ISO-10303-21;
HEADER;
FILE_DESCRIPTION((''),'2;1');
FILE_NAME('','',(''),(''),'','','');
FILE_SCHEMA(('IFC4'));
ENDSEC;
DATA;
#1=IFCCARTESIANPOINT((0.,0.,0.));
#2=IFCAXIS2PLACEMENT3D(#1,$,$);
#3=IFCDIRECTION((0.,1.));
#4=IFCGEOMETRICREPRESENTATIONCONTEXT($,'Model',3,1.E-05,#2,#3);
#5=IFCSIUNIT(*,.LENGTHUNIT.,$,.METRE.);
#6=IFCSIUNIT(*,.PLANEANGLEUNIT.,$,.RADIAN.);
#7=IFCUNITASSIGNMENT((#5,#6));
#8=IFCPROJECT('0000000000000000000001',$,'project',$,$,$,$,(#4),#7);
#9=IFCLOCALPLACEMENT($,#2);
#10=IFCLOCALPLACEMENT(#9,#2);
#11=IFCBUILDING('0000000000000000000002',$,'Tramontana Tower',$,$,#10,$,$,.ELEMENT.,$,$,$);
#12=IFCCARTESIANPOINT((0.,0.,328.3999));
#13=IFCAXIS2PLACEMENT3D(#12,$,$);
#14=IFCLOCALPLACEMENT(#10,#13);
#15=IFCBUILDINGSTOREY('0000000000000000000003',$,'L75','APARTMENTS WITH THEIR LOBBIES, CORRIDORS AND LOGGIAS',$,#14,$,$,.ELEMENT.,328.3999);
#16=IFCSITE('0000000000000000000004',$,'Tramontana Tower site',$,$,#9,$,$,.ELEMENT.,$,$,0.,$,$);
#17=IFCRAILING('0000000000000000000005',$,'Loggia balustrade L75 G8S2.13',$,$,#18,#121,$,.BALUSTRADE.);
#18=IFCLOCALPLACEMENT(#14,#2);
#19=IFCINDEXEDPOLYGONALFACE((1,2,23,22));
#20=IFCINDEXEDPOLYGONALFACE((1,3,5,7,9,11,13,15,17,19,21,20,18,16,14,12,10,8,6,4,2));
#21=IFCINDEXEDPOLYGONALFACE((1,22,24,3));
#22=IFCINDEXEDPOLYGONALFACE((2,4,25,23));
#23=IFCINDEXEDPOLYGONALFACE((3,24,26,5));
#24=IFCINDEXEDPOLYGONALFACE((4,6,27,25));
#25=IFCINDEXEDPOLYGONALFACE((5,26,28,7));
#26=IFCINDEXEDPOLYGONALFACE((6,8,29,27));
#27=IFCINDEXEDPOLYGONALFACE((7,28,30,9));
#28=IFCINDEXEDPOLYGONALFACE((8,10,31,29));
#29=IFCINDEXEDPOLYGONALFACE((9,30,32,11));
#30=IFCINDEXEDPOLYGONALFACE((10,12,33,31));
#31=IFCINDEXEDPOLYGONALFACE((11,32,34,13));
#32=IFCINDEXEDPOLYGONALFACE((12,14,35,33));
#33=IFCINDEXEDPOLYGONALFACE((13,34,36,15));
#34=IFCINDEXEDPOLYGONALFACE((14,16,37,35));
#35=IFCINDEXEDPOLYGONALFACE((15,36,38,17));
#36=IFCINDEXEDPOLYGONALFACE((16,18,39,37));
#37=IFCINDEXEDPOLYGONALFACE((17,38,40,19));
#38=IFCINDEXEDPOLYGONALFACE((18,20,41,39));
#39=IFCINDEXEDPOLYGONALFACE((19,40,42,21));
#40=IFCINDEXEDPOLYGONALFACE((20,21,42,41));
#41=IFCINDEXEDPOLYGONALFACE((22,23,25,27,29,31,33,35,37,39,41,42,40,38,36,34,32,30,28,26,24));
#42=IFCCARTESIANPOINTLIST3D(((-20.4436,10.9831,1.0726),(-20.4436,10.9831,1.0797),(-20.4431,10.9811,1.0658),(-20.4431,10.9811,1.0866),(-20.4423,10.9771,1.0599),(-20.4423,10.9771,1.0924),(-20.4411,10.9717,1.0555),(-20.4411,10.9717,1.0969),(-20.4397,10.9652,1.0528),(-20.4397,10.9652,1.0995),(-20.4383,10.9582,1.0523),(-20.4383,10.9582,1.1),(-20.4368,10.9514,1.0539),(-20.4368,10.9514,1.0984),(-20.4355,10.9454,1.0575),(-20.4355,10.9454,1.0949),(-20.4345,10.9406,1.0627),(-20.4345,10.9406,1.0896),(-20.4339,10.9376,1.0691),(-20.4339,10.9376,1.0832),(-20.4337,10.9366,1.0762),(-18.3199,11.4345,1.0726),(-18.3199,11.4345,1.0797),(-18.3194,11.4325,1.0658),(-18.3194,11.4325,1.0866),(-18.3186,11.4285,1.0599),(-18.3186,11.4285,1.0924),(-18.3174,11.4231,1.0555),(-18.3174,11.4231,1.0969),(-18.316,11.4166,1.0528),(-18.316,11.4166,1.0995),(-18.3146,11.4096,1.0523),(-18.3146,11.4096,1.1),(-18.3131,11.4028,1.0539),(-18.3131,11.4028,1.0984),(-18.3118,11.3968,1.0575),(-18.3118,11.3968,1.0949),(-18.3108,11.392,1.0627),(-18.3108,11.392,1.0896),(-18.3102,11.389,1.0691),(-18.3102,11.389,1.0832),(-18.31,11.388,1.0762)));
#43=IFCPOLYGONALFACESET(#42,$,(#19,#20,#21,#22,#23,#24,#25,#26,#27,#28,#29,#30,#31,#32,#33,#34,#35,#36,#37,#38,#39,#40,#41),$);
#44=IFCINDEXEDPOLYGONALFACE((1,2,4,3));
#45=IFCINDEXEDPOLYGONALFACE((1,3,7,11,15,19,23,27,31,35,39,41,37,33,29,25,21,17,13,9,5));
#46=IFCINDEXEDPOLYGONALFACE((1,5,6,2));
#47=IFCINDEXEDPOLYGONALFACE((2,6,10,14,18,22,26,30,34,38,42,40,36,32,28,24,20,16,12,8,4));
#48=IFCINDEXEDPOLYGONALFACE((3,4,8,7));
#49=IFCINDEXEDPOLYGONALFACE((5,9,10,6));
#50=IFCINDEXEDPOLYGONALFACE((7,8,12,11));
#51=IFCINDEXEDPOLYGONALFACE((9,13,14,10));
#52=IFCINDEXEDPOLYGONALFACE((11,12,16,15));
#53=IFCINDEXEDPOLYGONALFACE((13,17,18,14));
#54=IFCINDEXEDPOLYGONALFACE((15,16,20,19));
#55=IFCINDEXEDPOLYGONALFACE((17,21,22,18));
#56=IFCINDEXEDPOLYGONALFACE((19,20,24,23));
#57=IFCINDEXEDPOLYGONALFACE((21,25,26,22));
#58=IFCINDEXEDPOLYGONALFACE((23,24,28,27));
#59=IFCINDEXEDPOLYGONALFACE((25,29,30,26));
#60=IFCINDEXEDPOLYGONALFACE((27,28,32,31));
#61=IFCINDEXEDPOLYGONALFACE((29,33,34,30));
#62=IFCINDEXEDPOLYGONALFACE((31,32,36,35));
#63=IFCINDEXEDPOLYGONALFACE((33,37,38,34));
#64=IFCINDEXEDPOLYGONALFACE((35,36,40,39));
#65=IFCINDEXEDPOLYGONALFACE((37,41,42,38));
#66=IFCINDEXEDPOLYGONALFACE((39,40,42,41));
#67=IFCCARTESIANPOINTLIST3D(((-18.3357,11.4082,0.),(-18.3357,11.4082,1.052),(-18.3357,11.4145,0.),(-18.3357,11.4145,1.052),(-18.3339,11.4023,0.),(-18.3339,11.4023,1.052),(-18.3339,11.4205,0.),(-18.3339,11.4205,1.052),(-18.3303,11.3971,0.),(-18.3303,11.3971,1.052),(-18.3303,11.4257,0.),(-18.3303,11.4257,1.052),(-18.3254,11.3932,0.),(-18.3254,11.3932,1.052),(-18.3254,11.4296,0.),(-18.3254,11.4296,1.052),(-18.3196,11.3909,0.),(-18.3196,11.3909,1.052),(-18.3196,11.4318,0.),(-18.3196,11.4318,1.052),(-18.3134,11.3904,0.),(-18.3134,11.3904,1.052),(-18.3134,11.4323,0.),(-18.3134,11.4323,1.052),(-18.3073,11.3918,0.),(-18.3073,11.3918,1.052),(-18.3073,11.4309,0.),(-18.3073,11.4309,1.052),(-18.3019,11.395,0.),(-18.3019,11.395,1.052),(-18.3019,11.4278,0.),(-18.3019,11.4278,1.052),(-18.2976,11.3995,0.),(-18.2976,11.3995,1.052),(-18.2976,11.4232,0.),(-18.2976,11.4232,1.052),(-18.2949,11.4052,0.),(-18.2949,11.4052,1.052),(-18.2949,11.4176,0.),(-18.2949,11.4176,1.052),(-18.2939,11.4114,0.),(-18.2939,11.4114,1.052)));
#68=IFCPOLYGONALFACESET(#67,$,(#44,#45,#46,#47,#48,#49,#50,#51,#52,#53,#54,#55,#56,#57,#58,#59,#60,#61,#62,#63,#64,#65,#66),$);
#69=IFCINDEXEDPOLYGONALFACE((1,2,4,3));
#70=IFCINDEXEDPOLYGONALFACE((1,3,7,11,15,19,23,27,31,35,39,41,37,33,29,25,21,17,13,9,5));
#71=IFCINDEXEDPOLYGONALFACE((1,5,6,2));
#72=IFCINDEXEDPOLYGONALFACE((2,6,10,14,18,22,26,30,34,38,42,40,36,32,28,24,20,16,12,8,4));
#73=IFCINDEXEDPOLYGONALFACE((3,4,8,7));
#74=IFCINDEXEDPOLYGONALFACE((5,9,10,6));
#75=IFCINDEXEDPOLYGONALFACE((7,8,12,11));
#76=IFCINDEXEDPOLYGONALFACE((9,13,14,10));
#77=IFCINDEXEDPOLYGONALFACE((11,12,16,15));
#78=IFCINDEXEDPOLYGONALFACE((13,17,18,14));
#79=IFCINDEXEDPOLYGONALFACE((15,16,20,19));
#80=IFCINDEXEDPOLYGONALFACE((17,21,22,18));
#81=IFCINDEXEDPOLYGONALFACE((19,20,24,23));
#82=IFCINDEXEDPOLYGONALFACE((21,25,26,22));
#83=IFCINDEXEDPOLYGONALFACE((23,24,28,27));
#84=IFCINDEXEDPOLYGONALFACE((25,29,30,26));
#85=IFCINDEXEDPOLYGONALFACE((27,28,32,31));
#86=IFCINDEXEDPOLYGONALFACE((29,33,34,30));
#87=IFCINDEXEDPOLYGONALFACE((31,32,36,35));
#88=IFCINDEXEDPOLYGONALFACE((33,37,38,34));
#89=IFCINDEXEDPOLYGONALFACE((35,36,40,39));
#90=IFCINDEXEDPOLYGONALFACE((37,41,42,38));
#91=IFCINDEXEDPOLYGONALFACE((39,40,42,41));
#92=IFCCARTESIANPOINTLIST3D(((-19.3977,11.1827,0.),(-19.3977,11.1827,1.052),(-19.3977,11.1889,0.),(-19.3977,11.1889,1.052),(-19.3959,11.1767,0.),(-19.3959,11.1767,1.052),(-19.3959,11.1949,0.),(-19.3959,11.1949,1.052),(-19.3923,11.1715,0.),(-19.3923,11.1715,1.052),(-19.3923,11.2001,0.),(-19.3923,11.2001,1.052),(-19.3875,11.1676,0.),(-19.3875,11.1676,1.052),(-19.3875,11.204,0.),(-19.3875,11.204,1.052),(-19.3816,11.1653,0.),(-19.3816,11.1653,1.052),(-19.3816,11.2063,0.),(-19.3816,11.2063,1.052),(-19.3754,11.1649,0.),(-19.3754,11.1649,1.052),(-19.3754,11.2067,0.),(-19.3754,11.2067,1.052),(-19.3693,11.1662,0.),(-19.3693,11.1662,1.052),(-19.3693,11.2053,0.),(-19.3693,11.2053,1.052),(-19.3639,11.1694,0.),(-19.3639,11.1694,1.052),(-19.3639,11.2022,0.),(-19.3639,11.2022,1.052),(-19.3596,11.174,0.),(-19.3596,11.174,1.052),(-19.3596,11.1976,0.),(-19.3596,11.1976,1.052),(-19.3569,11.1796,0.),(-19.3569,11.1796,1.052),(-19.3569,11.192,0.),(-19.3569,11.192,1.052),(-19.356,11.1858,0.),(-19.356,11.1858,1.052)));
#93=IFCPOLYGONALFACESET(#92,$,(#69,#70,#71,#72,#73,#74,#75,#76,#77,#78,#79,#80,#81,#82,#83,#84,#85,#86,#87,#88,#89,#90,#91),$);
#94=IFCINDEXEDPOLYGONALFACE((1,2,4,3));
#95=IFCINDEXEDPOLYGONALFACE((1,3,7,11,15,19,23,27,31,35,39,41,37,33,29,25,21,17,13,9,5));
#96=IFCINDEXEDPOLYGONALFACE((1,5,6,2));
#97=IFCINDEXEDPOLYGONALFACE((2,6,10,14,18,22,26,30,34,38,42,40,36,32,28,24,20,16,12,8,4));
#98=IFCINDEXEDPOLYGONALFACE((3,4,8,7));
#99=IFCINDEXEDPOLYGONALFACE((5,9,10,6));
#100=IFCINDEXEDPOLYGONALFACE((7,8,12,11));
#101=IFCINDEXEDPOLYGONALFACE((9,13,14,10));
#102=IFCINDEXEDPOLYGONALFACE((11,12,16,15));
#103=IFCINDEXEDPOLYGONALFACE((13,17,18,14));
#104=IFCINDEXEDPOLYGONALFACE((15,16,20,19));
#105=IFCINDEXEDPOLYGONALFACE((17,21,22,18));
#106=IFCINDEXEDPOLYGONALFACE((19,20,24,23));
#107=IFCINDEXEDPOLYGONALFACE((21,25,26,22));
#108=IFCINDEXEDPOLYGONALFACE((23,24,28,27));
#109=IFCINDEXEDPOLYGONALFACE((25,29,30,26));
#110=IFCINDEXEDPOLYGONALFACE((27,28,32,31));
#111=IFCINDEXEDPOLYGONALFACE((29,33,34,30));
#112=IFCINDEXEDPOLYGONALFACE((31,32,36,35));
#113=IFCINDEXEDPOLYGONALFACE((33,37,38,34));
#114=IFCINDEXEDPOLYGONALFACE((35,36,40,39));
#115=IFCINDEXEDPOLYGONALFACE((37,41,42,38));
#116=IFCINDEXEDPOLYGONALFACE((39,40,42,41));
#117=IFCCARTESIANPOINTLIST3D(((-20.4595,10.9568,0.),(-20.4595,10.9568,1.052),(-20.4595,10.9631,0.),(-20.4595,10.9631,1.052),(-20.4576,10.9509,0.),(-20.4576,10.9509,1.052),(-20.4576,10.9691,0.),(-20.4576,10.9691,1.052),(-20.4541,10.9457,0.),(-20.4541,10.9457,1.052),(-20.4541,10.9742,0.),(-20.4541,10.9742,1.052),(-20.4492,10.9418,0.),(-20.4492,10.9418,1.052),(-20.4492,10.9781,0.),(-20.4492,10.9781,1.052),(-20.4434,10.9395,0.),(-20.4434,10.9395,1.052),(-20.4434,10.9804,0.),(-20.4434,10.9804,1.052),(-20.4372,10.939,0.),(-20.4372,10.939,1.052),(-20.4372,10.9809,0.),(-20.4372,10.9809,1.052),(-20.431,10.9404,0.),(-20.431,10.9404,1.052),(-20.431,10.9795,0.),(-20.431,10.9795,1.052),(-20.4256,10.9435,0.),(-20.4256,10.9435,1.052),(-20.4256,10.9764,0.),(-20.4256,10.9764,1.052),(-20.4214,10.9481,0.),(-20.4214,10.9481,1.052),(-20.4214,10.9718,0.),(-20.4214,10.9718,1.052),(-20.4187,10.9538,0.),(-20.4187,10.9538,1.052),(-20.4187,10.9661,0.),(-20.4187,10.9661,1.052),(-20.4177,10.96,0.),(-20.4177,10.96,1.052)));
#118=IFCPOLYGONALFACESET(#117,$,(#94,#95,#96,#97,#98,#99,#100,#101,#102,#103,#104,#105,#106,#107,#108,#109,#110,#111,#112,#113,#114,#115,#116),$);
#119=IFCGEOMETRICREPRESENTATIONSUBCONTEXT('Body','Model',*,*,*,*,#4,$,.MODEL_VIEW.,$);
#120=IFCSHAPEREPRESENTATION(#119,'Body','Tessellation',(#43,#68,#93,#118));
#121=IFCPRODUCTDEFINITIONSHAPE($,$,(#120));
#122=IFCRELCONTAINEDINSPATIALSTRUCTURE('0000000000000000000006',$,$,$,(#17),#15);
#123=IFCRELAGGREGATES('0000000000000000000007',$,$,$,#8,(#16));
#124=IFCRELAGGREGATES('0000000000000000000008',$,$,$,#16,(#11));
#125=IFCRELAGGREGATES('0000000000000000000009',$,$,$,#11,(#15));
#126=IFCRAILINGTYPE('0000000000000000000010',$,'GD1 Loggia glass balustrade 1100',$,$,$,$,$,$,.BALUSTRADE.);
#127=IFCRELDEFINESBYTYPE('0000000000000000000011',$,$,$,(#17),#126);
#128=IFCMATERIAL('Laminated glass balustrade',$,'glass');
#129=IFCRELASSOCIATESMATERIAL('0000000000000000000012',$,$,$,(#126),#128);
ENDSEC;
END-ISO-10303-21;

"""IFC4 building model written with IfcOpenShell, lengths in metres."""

from ifc_helpers import new_model, si_unit, direction, frame, origin, origin_2d, place, context, subcontext, project, spatial, circle, extrude, material, type_object, element, save


model = new_model("IFC4")

# Units and contexts
model_context = context("Model", 3, precision=1e-05, world=origin(), true_north=direction((0.0, 1.0)))
body_context = subcontext(model_context, "Body", "Model", "MODEL_VIEW")
ifc_project = project(units=[si_unit("LENGTHUNIT", "METRE"), si_unit("PLANEANGLEUNIT", "RADIAN")], contexts=[model_context])

# Site, building, storey
site_placement = place(None, origin())
site = spatial("IfcSite", under=ifc_project, at=site_placement, Name="Tramontana Tower site", CompositionType="ELEMENT", RefElevation=0.0)
building_placement = place(site_placement, origin())
building = spatial("IfcBuilding", under=site, at=building_placement, Name="Tramontana Tower", CompositionType="ELEMENT")
storey_placement = place(building_placement, frame((0.0, 0.0, 328.3999)))
storey = spatial("IfcBuildingStorey", under=building, at=storey_placement, Name="L75", Description="APARTMENTS WITH THEIR LOBBIES, CORRIDORS AND LOGGIAS", CompositionType="ELEMENT", Elevation=328.3999)

# Railing
ifc_material_1 = material(Name="Laminated glass balustrade", Category="glass")
railing_type = type_object("IfcRailingType", Name="GD1 Loggia glass balustrade 1100", PredefinedType="BALUSTRADE", material=ifc_material_1)
railing_1_placement = place(storey_placement, frame((-18.3149, 11.4114, 0.0)))
element("IfcRailing", 1, at=railing_1_placement, inside=storey, type_object=railing_type, Name="Loggia balustrade L75 G8S2.13", PredefinedType="BALUSTRADE", context=body_context, shape_type="SweptSolid", body=[
    extrude(circle(Radius=0.0239, at=origin_2d()), frame((0.0, 0.0, 1.0762), z_axis=(-0.978148, -0.207909, 0.0), x_axis=(0.207909, -0.978148, 0.0)), (0.0, 0.0, 1.0), 2.1711),
    extrude(circle(Radius=0.021, at=origin_2d()), origin(), (0.0, 0.0, 1.0), 1.052),
    extrude(circle(Radius=0.021, at=origin_2d()), frame((-1.062, -0.2256, 0.0)), (0.0, 0.0, 1.0), 1.052),
    extrude(circle(Radius=0.021, at=origin_2d()), frame((-2.1238, -0.4514, 0.0)), (0.0, 0.0, 1.0), 1.052),
])

save(model, "model.ifc")
